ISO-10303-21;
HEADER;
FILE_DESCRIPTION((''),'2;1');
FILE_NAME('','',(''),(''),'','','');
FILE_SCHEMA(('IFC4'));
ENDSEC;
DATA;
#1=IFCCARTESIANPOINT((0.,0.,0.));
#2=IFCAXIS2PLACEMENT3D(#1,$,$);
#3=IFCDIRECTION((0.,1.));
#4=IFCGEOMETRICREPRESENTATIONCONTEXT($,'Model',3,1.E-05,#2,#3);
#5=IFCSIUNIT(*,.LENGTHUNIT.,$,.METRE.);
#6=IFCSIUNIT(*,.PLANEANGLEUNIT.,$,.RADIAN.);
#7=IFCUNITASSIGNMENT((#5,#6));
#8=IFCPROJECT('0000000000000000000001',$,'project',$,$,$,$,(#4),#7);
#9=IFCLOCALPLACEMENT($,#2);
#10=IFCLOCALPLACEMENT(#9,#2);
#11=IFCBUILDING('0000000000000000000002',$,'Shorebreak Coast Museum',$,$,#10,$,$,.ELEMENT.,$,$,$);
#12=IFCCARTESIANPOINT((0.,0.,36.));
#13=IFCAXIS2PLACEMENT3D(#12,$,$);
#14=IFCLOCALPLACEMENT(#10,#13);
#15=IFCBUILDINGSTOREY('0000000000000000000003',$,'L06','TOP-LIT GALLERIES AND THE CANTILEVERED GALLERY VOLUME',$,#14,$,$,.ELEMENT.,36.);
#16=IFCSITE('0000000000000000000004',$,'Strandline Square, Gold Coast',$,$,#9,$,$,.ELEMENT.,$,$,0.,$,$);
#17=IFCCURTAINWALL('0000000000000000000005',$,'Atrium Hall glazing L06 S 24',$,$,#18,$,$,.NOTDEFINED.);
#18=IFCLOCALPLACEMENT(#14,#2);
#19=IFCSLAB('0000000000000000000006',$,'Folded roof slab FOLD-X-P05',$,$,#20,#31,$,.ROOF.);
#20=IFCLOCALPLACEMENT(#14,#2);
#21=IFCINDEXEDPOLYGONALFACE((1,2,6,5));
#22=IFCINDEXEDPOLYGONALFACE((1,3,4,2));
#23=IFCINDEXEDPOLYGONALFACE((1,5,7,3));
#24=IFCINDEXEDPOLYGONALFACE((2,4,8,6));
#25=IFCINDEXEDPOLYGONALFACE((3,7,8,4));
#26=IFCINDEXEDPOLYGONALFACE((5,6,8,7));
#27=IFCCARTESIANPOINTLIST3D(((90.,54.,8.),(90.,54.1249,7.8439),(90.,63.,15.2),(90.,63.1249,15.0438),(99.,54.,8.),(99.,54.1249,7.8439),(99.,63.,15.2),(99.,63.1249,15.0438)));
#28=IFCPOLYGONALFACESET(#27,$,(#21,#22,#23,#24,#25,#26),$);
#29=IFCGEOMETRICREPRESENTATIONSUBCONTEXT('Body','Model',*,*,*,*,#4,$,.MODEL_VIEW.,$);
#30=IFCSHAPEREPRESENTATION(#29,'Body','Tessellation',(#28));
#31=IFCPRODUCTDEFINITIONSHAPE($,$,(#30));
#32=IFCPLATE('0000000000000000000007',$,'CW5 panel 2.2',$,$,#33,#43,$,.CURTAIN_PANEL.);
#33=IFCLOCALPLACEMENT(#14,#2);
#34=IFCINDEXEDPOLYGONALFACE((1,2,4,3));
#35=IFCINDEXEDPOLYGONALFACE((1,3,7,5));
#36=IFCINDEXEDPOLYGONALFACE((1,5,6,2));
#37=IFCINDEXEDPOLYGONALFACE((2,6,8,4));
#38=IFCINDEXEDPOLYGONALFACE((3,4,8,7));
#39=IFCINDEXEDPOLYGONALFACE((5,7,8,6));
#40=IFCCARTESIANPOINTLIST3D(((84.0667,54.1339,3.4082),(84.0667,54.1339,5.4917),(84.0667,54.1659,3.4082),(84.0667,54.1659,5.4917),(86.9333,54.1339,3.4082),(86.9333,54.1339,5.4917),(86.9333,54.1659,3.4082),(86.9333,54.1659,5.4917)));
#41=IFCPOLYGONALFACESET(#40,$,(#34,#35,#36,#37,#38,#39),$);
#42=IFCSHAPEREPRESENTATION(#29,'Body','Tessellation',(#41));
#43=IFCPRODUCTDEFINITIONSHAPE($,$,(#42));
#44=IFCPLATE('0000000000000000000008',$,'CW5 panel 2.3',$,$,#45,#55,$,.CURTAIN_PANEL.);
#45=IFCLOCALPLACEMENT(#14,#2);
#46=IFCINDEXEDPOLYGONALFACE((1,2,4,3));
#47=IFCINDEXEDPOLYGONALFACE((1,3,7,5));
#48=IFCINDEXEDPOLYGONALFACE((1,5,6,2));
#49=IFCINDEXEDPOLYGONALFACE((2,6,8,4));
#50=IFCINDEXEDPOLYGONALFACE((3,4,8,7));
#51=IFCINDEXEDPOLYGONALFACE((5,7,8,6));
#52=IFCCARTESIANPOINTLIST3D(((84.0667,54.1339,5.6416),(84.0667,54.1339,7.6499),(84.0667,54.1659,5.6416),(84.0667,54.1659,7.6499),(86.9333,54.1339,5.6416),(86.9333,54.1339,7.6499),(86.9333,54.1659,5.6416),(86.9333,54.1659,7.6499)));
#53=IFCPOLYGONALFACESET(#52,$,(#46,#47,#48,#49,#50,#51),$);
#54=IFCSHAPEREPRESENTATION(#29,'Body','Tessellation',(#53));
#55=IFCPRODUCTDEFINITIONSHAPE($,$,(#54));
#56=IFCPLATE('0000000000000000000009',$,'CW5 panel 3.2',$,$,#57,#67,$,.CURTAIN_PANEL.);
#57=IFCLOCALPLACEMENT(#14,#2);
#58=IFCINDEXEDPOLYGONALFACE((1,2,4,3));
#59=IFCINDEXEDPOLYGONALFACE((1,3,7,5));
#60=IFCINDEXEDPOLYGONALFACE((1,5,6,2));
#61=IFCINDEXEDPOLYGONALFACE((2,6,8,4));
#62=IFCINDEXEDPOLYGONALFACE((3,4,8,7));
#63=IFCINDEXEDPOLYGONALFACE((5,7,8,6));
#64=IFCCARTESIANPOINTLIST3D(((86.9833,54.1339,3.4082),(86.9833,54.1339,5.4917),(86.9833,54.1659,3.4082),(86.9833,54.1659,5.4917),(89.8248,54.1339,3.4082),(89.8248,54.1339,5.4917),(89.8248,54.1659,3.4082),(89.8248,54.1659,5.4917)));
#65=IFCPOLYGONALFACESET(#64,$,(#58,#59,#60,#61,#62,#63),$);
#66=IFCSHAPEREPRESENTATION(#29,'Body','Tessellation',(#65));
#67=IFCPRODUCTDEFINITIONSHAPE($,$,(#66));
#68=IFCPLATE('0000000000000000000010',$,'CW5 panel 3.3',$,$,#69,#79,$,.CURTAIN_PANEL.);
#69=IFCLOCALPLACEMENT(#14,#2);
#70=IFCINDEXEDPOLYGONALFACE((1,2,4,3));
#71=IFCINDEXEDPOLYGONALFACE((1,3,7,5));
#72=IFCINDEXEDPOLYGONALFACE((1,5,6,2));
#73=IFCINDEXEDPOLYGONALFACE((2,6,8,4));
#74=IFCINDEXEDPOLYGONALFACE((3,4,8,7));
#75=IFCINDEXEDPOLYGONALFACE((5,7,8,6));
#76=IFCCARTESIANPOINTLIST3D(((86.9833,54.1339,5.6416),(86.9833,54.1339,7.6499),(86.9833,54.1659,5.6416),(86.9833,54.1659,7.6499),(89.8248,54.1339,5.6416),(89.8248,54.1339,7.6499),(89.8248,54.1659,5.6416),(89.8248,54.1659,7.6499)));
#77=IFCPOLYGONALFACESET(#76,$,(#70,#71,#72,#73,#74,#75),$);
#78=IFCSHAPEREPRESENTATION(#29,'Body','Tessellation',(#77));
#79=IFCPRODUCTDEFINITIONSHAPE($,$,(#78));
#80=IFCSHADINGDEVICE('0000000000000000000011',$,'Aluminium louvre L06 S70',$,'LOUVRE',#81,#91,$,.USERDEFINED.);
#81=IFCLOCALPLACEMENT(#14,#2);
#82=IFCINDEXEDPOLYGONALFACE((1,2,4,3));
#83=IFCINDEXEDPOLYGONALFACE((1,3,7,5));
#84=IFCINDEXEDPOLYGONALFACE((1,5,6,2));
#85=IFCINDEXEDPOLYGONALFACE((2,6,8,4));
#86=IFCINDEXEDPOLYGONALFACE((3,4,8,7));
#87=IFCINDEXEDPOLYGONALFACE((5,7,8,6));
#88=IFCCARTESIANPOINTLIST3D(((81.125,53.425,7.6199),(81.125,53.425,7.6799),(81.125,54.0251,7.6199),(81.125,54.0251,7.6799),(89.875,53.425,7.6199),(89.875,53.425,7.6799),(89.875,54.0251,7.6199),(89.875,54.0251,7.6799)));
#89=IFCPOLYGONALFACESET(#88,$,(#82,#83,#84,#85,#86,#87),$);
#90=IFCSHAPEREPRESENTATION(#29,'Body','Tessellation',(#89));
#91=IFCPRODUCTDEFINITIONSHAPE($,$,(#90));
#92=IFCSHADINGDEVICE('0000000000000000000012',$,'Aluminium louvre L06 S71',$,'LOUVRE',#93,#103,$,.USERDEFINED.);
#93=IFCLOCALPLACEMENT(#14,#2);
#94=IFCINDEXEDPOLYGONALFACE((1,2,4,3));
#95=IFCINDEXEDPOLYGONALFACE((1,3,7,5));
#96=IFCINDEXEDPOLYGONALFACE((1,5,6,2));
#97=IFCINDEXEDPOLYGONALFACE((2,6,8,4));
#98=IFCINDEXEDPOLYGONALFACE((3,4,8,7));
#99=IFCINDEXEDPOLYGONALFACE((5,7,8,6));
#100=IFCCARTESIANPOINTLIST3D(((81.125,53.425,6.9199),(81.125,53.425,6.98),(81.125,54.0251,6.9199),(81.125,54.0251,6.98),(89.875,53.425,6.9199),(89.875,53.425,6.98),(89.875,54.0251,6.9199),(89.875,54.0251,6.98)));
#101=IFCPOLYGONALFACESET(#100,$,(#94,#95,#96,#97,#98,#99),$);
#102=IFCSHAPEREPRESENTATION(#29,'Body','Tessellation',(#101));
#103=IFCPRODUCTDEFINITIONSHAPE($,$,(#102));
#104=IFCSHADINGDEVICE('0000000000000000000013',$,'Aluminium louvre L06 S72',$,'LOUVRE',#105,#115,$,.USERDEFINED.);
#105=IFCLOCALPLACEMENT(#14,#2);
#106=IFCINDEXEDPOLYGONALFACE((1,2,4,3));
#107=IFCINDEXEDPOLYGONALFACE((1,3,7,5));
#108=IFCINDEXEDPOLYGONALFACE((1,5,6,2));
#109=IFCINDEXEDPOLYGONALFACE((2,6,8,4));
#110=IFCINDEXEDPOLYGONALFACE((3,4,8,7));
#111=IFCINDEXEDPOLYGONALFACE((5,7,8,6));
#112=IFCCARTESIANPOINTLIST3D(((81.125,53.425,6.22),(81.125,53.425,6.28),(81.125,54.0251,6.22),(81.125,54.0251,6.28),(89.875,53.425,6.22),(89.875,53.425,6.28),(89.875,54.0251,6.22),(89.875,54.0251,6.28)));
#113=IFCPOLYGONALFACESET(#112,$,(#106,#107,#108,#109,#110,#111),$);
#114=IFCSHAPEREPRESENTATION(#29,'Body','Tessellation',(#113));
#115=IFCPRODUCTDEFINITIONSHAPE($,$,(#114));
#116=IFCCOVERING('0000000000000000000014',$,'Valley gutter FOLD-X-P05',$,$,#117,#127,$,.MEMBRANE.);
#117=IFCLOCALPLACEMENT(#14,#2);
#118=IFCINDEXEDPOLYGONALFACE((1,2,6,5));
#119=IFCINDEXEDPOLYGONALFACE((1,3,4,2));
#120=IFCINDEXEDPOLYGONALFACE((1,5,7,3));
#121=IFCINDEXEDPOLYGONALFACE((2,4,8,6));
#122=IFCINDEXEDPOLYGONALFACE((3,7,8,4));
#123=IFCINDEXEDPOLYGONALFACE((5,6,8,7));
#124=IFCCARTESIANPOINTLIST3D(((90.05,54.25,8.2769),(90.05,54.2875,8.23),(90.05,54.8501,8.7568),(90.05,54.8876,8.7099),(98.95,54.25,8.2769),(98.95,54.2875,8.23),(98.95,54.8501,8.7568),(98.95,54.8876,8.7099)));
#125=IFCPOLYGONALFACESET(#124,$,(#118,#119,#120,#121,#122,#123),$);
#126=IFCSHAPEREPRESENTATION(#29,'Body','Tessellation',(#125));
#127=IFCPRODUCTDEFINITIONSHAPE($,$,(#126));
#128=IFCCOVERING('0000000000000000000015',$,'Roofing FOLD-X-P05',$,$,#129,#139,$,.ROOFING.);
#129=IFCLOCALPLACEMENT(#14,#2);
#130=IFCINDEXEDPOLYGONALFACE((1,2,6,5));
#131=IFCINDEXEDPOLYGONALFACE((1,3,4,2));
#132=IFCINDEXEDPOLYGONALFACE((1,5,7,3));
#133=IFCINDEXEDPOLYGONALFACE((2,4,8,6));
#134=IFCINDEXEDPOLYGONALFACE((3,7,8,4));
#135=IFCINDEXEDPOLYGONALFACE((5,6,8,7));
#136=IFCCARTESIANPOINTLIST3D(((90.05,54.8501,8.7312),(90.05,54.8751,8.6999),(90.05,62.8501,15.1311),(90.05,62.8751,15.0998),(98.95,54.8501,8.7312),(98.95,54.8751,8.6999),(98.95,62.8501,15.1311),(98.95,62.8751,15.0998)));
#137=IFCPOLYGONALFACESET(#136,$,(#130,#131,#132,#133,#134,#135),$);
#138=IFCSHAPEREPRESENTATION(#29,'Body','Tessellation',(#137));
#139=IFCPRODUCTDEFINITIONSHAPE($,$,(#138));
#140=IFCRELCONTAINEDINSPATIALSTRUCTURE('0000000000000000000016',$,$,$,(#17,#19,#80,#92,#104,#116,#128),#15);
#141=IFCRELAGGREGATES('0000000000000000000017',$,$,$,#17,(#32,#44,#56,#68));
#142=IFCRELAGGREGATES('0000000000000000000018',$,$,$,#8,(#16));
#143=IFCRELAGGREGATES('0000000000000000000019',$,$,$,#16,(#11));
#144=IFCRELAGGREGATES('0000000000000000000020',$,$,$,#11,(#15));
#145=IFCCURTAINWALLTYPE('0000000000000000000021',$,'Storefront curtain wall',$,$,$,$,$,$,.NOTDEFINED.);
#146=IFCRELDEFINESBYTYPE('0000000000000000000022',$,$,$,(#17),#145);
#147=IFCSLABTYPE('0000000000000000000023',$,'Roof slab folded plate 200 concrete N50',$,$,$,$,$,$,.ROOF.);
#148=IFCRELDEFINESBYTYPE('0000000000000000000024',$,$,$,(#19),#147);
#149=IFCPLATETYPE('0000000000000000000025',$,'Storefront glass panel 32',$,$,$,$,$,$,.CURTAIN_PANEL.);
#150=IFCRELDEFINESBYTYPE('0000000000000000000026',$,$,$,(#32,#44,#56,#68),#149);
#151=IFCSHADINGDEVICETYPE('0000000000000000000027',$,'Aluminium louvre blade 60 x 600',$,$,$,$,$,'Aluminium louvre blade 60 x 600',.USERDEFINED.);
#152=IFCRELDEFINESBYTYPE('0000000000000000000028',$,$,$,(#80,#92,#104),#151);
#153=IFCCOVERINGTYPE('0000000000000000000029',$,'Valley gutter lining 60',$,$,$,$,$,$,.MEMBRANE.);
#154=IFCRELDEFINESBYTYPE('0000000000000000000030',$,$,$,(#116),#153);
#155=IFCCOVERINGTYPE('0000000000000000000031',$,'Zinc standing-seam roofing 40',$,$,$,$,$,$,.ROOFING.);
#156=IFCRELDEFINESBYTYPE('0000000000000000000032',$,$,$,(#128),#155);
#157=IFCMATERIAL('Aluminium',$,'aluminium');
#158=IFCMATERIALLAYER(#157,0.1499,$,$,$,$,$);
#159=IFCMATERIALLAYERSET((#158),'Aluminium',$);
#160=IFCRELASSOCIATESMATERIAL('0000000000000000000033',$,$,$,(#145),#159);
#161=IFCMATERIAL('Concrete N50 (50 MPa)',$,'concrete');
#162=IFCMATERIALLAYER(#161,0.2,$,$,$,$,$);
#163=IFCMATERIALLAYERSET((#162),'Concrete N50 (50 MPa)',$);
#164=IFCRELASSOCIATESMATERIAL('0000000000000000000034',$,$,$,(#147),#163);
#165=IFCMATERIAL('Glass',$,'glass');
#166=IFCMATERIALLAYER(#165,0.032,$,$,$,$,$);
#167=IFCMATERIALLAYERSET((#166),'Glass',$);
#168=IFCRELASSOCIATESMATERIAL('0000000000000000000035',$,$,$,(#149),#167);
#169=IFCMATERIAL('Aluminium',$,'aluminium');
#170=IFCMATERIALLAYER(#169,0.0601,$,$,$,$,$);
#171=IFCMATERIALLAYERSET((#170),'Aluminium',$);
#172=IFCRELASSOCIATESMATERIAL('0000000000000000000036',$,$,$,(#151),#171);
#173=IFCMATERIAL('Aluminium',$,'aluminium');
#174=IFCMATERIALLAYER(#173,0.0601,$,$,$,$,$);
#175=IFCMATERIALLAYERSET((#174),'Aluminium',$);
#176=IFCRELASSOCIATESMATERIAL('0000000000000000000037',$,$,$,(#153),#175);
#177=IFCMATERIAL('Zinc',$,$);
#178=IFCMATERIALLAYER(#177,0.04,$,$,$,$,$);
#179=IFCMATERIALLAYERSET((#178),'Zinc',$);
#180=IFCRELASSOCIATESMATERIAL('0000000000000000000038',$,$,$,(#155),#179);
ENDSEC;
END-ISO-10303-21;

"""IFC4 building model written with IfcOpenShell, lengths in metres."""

from ifc_helpers import new_model, si_unit, direction, frame, origin, origin_2d, place, context, subcontext, project, spatial, polyline, rectangle, outline, extrude, material, layer, layer_set, type_object, element, aggregate, save


model = new_model("IFC4")

# Units and contexts
model_context = context("Model", 3, precision=1e-05, world=origin(), true_north=direction((0.0, 1.0)))
body_context = subcontext(model_context, "Body", "Model", "MODEL_VIEW")
ifc_project = project(units=[si_unit("LENGTHUNIT", "METRE"), si_unit("PLANEANGLEUNIT", "RADIAN")], contexts=[model_context])

# Site, building, storey
site_placement = place(None, origin())
site = spatial("IfcSite", under=ifc_project, at=site_placement, Name="Strandline Square, Gold Coast", CompositionType="ELEMENT", RefElevation=0.0)
building_placement = place(site_placement, origin())
building = spatial("IfcBuilding", under=site, at=building_placement, Name="Shorebreak Coast Museum", CompositionType="ELEMENT")
storey_placement = place(building_placement, frame((0.0, 0.0, 36.0)))
storey = spatial("IfcBuildingStorey", under=building, at=storey_placement, Name="L06", Description="TOP-LIT GALLERIES AND THE CANTILEVERED GALLERY VOLUME", CompositionType="ELEMENT", Elevation=36.0)

# Curtain wall
ifc_material_1 = material(Name="Aluminium", Category="aluminium")
ifc_layer_1 = layer(ifc_material_1, 0.1499)
ifc_layer_set_1 = layer_set([ifc_layer_1], Name="Aluminium")
curtain_wall_type_1 = type_object("IfcCurtainWallType", Name="Storefront curtain wall", PredefinedType="NOTDEFINED", material=ifc_layer_set_1)
curtain_wall_1_placement = place(storey_placement, origin())
curtain_wall_1 = element("IfcCurtainWall", 1, at=curtain_wall_1_placement, inside=storey, type_object=curtain_wall_type_1, Name="Atrium Hall glazing L06 S 24", PredefinedType="NOTDEFINED")

# Slab
ifc_material_2 = material(Name="Concrete N50 (50 MPa)", Category="concrete")
ifc_layer_2 = layer(ifc_material_2, 0.2)
ifc_layer_set_2 = layer_set([ifc_layer_2], Name="Concrete N50 (50 MPa)")
slab_type = type_object("IfcSlabType", Name="Roof slab folded plate 200 concrete N50", PredefinedType="ROOF", material=ifc_layer_set_2)
slab_placement = place(storey_placement, frame((90.0, 54.0, 8.0), z_axis=(0.0, -0.624692, 0.780871), x_axis=(1.0, 0.0, 0.0)))
element("IfcSlab", 2, at=slab_placement, inside=storey, type_object=slab_type, Name="Folded roof slab FOLD-X-P05", PredefinedType="ROOF", context=body_context, shape_type="SweptSolid", body=[
    extrude(outline(polyline([(0.0, 0.0), (9.0, 0.0), (9.0, 11.5256), (0.0, 11.5256), (0.0, 0.0)])), origin(), (0.0, 0.0, -1.0), 0.2),
])

# Plates
ifc_material_3 = material(Name="Glass", Category="glass")
ifc_layer_3 = layer(ifc_material_3, 0.032)
ifc_layer_set_3 = layer_set([ifc_layer_3], Name="Glass")
plate_type = type_object("IfcPlateType", Name="Storefront glass panel 32", PredefinedType="CURTAIN_PANEL", material=ifc_layer_set_3)
plate_1_placement = place(storey_placement, frame((85.5, 54.1499, 3.4082), z_axis=(0.0, 0.0, 1.0), x_axis=(1.0, 0.0, 0.0)))
plate_1 = element("IfcPlate", 3, at=plate_1_placement, type_object=plate_type, Name="CW5 panel 2.2", PredefinedType="CURTAIN_PANEL", context=body_context, shape_type="SweptSolid", body=[
    extrude(rectangle(XDim=2.8667, YDim=0.032, at=origin_2d()), origin(), (0.0, 0.0, 1.0), 2.0835),
])
plate_2_placement = place(storey_placement, frame((85.5, 54.1499, 5.6416), z_axis=(0.0, 0.0, 1.0), x_axis=(1.0, 0.0, 0.0)))
plate_2 = element("IfcPlate", 4, at=plate_2_placement, type_object=plate_type, Name="CW5 panel 2.3", PredefinedType="CURTAIN_PANEL", context=body_context, shape_type="SweptSolid", body=[
    extrude(rectangle(XDim=2.8667, YDim=0.032, at=origin_2d()), origin(), (0.0, 0.0, 1.0), 2.0083),
])
plate_3_placement = place(storey_placement, frame((88.4041, 54.1499, 3.4082), z_axis=(0.0, 0.0, 1.0), x_axis=(1.0, 0.0, 0.0)))
plate_3 = element("IfcPlate", 5, at=plate_3_placement, type_object=plate_type, Name="CW5 panel 3.2", PredefinedType="CURTAIN_PANEL", context=body_context, shape_type="SweptSolid", body=[
    extrude(rectangle(XDim=2.8416, YDim=0.032, at=origin_2d()), origin(), (0.0, 0.0, 1.0), 2.0835),
])
plate_4_placement = place(storey_placement, frame((88.4041, 54.1499, 5.6416), z_axis=(0.0, 0.0, 1.0), x_axis=(1.0, 0.0, 0.0)))
plate_4 = element("IfcPlate", 6, at=plate_4_placement, type_object=plate_type, Name="CW5 panel 3.3", PredefinedType="CURTAIN_PANEL", context=body_context, shape_type="SweptSolid", body=[
    extrude(rectangle(XDim=2.8416, YDim=0.032, at=origin_2d()), origin(), (0.0, 0.0, 1.0), 2.0083),
])
aggregate(curtain_wall_1, [plate_1, plate_2, plate_3, plate_4])

# Shading devices
ifc_material_4 = material(Name="Aluminium", Category="aluminium")
ifc_layer_4 = layer(ifc_material_4, 0.0601)
ifc_layer_set_4 = layer_set([ifc_layer_4], Name="Aluminium")
shading_device_type = type_object("IfcShadingDeviceType", Name="Aluminium louvre blade 60 x 600", ElementType="Aluminium louvre blade 60 x 600", PredefinedType="USERDEFINED", material=ifc_layer_set_4)
for number, where, z_axis, x_axis, name in (
    (7, (85.5, 53.7251, 7.6199), (0.0, 0.0, 1.0), (1.0, 0.0, 0.0), "Aluminium louvre L06 S70"),
    (8, (85.5, 53.7251, 6.9199), (0.0, 0.0, 1.0), (1.0, 0.0, 0.0), "Aluminium louvre L06 S71"),
    (9, (85.5, 53.7251, 6.22), (0.0, 0.0, 1.0), (1.0, 0.0, 0.0), "Aluminium louvre L06 S72"),
):
    element("IfcShadingDevice", number, at=place(storey_placement, frame(where, z_axis=z_axis, x_axis=x_axis)), inside=storey, type_object=shading_device_type, Name=name, ObjectType="LOUVRE", PredefinedType="USERDEFINED", context=body_context, shape_type="SweptSolid", body=[
        extrude(rectangle(XDim=8.75, YDim=0.6001, at=origin_2d()), origin(), (0.0, 0.0, 1.0), 0.0601),
    ])

# Coverings
ifc_material_5 = material(Name="Aluminium", Category="aluminium")
ifc_layer_5 = layer(ifc_material_5, 0.0601)
ifc_layer_set_5 = layer_set([ifc_layer_5], Name="Aluminium")
covering_type_1 = type_object("IfcCoveringType", Name="Valley gutter lining 60", PredefinedType="MEMBRANE", material=ifc_layer_set_5)
covering_1_placement = place(storey_placement, frame((90.05, 54.25, 8.2769), z_axis=(0.0, -0.624618, 0.780931), x_axis=(1.0, 0.0, 0.0)))
element("IfcCovering", 10, at=covering_1_placement, inside=storey, type_object=covering_type_1, Name="Valley gutter FOLD-X-P05", PredefinedType="MEMBRANE", context=body_context, shape_type="SweptSolid", body=[
    extrude(outline(polyline([(0.0, 0.0), (8.8999, 0.0), (8.8999, 0.7684), (0.0, 0.7684), (0.0, 0.0)])), origin(), (0.0, 0.0, -1.0), 0.0601),
])
ifc_material_6 = material(Name="Zinc")
ifc_layer_6 = layer(ifc_material_6, 0.04)
ifc_layer_set_6 = layer_set([ifc_layer_6], Name="Zinc")
covering_type_2 = type_object("IfcCoveringType", Name="Zinc standing-seam roofing 40", PredefinedType="ROOFING", material=ifc_layer_set_6)
covering_2_placement = place(storey_placement, frame((90.05, 54.8501, 8.7312), z_axis=(0.0, -0.624689, 0.780873), x_axis=(1.0, 0.0, 0.0)))
element("IfcCovering", 11, at=covering_2_placement, inside=storey, type_object=covering_type_2, Name="Roofing FOLD-X-P05", PredefinedType="ROOFING", context=body_context, shape_type="SweptSolid", body=[
    extrude(outline(polyline([(0.0, 0.0), (8.8999, 0.0), (8.8999, 10.2449), (0.0, 10.2449), (0.0, 0.0)])), origin(), (0.0, 0.0, -1.0), 0.04),
])

save(model, "model.ifc")
